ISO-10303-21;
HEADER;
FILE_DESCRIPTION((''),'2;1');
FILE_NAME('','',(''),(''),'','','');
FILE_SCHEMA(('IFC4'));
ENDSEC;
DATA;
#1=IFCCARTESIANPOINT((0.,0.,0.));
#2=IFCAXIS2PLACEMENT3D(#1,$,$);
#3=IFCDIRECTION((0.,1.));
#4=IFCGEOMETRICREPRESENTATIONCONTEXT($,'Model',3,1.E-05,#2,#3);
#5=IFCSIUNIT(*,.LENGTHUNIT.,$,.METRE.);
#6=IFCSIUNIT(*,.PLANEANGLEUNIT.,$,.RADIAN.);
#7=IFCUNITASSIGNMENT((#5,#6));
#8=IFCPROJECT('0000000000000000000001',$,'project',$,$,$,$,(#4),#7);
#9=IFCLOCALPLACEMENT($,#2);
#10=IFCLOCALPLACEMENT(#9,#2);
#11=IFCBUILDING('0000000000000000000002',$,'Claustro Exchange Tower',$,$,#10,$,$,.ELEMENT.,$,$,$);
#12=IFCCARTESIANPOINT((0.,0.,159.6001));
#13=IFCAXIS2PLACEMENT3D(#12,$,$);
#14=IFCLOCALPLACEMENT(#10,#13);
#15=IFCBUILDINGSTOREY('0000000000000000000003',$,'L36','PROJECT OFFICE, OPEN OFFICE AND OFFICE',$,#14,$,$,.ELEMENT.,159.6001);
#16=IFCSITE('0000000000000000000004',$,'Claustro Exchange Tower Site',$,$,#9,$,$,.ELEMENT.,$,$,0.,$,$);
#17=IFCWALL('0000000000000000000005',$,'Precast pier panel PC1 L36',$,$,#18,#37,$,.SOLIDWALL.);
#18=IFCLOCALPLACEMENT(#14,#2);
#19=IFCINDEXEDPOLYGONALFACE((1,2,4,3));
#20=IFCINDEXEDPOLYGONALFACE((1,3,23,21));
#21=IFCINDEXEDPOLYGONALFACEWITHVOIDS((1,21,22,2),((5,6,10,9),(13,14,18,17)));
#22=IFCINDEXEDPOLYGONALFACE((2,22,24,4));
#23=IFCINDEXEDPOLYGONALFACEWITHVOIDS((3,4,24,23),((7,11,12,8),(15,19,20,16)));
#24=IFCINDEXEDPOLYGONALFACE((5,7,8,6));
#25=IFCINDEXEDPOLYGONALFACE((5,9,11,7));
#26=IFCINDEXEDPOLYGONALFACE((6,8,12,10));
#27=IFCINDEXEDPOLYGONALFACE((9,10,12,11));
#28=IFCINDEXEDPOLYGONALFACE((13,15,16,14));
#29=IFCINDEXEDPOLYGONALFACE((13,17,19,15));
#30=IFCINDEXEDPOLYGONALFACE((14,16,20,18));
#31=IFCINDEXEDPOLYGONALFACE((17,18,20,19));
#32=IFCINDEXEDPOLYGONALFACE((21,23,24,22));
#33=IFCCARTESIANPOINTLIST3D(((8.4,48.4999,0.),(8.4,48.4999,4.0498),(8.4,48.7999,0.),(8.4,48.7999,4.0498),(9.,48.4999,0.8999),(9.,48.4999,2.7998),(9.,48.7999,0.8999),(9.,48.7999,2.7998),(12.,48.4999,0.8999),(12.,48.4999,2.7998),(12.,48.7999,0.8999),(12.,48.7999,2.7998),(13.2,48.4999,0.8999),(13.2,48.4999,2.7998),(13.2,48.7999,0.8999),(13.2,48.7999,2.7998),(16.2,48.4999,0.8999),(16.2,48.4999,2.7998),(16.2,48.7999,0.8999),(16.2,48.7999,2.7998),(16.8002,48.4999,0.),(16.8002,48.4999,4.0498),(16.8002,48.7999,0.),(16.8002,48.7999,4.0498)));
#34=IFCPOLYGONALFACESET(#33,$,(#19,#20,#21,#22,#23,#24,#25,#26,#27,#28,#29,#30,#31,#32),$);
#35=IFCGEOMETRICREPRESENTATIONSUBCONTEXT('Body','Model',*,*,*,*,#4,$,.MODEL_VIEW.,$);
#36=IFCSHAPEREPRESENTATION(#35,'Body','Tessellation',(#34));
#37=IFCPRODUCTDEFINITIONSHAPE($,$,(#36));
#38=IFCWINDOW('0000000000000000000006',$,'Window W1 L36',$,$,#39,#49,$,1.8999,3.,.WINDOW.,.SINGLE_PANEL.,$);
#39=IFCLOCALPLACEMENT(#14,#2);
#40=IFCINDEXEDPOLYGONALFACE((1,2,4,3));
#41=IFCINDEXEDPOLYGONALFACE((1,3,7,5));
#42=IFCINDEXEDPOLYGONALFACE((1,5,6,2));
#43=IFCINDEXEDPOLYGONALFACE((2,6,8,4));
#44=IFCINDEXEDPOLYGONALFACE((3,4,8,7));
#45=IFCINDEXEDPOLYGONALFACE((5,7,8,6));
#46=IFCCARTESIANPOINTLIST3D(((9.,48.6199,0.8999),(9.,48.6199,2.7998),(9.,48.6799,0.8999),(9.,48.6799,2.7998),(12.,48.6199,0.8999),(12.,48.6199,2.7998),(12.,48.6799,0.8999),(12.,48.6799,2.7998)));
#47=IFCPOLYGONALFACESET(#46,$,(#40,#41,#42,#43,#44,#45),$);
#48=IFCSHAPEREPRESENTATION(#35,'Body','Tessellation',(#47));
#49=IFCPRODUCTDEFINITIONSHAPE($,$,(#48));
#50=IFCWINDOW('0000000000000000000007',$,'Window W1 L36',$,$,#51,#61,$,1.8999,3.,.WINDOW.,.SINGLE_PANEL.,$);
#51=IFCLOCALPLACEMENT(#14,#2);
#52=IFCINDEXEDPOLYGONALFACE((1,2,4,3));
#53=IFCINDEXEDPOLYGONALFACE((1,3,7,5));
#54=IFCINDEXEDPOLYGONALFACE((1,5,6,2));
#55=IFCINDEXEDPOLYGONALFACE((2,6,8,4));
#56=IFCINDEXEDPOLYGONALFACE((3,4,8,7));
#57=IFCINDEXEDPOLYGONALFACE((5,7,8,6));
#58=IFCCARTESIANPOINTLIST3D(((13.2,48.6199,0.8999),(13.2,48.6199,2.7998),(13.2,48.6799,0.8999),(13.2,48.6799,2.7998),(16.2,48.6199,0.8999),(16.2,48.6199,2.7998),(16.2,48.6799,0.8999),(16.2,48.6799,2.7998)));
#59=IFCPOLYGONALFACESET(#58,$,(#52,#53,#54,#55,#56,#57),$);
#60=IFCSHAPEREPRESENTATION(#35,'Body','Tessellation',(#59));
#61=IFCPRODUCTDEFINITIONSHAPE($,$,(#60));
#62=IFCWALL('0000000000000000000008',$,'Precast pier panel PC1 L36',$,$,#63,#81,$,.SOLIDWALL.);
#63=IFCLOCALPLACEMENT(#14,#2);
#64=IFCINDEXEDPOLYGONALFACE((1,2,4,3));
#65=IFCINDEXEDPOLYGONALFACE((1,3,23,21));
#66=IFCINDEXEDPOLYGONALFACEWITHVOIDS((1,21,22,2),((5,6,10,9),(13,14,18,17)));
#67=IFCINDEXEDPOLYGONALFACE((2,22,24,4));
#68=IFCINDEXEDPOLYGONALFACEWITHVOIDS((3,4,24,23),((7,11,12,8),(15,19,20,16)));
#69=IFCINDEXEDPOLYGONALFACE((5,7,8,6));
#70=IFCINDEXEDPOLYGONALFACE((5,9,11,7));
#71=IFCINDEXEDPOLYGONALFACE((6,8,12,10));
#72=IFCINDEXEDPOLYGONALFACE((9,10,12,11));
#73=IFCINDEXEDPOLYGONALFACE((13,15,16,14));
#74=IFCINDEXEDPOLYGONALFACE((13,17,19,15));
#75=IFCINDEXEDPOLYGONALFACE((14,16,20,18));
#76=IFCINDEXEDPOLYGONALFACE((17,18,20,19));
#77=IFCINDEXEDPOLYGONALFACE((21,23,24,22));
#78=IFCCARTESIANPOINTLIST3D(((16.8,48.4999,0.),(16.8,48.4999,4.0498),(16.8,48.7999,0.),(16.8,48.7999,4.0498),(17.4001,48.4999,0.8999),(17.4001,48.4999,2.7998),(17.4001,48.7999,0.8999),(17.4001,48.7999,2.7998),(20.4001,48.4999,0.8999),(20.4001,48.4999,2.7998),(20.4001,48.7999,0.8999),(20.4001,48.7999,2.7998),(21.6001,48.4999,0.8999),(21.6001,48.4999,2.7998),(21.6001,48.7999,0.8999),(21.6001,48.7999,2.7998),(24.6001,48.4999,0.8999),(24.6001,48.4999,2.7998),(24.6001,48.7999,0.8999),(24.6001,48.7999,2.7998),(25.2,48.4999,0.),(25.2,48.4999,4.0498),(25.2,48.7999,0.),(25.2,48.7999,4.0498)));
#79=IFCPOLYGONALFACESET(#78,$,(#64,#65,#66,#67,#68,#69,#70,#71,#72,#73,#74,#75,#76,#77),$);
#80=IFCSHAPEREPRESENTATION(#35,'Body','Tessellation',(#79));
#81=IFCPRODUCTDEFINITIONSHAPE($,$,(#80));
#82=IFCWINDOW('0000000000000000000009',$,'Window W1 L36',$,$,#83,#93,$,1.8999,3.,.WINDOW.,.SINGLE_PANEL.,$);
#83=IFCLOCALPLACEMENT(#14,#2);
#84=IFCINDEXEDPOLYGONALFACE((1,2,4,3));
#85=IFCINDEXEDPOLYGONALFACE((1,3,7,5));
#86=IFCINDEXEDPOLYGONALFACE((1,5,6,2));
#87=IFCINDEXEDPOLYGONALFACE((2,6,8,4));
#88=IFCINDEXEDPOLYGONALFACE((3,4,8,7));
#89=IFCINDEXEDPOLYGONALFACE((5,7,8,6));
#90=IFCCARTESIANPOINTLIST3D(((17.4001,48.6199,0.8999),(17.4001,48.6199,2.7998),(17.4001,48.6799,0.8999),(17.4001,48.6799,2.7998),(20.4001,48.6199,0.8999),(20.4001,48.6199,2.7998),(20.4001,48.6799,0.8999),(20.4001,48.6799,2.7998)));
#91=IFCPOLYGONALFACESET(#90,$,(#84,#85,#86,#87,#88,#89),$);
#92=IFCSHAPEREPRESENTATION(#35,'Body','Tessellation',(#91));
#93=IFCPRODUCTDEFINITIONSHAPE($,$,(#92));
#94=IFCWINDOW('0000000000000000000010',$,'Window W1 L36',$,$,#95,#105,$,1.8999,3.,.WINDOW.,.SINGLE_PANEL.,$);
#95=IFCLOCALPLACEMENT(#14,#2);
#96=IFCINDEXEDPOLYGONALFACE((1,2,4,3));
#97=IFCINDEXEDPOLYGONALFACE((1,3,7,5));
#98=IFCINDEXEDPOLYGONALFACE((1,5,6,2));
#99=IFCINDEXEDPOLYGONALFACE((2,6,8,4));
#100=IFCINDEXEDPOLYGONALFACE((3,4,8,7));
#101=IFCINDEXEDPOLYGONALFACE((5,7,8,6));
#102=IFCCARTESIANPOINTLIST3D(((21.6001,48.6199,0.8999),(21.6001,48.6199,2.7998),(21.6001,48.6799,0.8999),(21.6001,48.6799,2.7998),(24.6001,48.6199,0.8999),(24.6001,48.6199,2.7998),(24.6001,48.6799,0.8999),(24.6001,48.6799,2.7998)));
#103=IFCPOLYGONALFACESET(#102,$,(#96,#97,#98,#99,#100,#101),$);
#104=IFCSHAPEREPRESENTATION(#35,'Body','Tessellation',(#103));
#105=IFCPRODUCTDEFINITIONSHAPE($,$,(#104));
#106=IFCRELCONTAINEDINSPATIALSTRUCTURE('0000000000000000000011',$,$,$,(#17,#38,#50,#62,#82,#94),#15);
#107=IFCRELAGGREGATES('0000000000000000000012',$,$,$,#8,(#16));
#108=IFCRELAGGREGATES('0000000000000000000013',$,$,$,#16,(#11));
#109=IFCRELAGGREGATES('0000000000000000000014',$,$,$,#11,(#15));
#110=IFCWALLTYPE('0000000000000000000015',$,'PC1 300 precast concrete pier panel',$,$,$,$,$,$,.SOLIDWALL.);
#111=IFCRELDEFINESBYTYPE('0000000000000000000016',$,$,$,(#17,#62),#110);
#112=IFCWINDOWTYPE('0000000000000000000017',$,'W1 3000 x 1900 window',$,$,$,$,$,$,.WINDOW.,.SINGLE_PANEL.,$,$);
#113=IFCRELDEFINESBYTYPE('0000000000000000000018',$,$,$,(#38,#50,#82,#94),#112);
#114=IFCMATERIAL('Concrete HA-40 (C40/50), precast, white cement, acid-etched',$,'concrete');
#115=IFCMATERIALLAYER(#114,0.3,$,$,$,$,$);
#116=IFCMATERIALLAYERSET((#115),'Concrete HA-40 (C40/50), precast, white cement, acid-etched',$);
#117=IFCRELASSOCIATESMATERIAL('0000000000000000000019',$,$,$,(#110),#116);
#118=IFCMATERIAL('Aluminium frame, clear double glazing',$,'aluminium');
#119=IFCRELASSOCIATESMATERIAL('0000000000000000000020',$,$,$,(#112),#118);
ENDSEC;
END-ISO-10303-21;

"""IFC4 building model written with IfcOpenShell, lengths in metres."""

from ifc_helpers import new_model, si_unit, direction, frame, frame_2d, origin, place, context, subcontext, project, spatial, rectangle, extrude, material, layer, layer_set, type_object, element, fill, save


model = new_model("IFC4")

# Units and contexts
model_context = context("Model", 3, precision=1e-05, world=origin(), true_north=direction((0.0, 1.0)))
body_context = subcontext(model_context, "Body", "Model", "MODEL_VIEW")
ifc_project = project(units=[si_unit("LENGTHUNIT", "METRE"), si_unit("PLANEANGLEUNIT", "RADIAN")], contexts=[model_context])

# Site, building, storey
site_placement = place(None, origin())
site = spatial("IfcSite", under=ifc_project, at=site_placement, Name="Claustro Exchange Tower Site", CompositionType="ELEMENT", RefElevation=0.0)
building_placement = place(site_placement, origin())
building = spatial("IfcBuilding", under=site, at=building_placement, Name="Claustro Exchange Tower", CompositionType="ELEMENT")
storey_placement = place(building_placement, frame((0.0, 0.0, 159.6001)))
storey = spatial("IfcBuildingStorey", under=building, at=storey_placement, Name="L36", Description="PROJECT OFFICE, OPEN OFFICE AND OFFICE", CompositionType="ELEMENT", Elevation=159.6001)

# Walls, openings, windows
ifc_material_1 = material(Name="Concrete HA-40 (C40/50), precast, white cement, acid-etched", Category="concrete")
ifc_layer_1 = layer(ifc_material_1, 0.3)
ifc_layer_set_1 = layer_set([ifc_layer_1], Name="Concrete HA-40 (C40/50), precast, white cement, acid-etched")
wall_type_1 = type_object("IfcWallType", Name="PC1 300 precast concrete pier panel", PredefinedType="SOLIDWALL", material=ifc_layer_set_1)
wall_1_placement = place(storey_placement, frame((8.3999, 48.6499, 0.0), z_axis=(0.0, 0.0, 1.0), x_axis=(1.0, 0.0, 0.0)))
wall_1 = element("IfcWall", 1, at=wall_1_placement, inside=storey, type_object=wall_type_1, Name="Precast pier panel PC1 L36", PredefinedType="SOLIDWALL", context=body_context, shape_type="SweptSolid", body=[
    extrude(rectangle(XDim=8.4001, YDim=0.3, at=frame_2d((4.2002, 0.0))), origin(), (0.0, 0.0, 1.0), 4.0498),
])
opening_1_placement = place(wall_1_placement, frame((0.6001, 0.0, 0.8999)))
opening_1 = element("IfcOpeningElement", 2, at=opening_1_placement, cuts=wall_1, PredefinedType="OPENING", context=body_context, shape_type="SweptSolid", body=[
    extrude(rectangle(XDim=3.0, YDim=1.8999, at=frame_2d((1.5, 0.95))), frame((0.0, 0.1599, 0.0), z_axis=(0.0, -1.0, 0.0), x_axis=(1.0, 0.0, 0.0)), (0.0, 0.0, 1.0), 0.3201),
])
opening_2_placement = place(wall_1_placement, frame((4.8, 0.0, 0.8999)))
opening_2 = element("IfcOpeningElement", 3, at=opening_2_placement, cuts=wall_1, PredefinedType="OPENING", context=body_context, shape_type="SweptSolid", body=[
    extrude(rectangle(XDim=3.0, YDim=1.8999, at=frame_2d((1.5, 0.95))), frame((0.0, 0.1599, 0.0), z_axis=(0.0, -1.0, 0.0), x_axis=(1.0, 0.0, 0.0)), (0.0, 0.0, 1.0), 0.3201),
])
ifc_material_2 = material(Name="Aluminium frame, clear double glazing", Category="aluminium")
window_type = type_object("IfcWindowType", Name="W1 3000 x 1900 window", PartitioningType="SINGLE_PANEL", PredefinedType="WINDOW", material=ifc_material_2)
window_1_placement = place(opening_1_placement, origin())
window_1 = element("IfcWindow", 4, at=window_1_placement, inside=storey, type_object=window_type, Name="Window W1 L36", OverallHeight=1.8999, OverallWidth=3.0, PartitioningType="SINGLE_PANEL", PredefinedType="WINDOW", context=body_context, shape_type="SweptSolid", body=[
    extrude(rectangle(XDim=3.0, YDim=1.8999, at=frame_2d((1.5, 0.95))), frame((0.0, 0.03, 0.0), z_axis=(0.0, -1.0, 0.0), x_axis=(1.0, 0.0, 0.0)), (0.0, 0.0, 1.0), 0.0601),
])
fill(opening_1, window_1)
window_2_placement = place(opening_2_placement, origin())
window_2 = element("IfcWindow", 5, at=window_2_placement, inside=storey, type_object=window_type, Name="Window W1 L36", OverallHeight=1.8999, OverallWidth=3.0, PartitioningType="SINGLE_PANEL", PredefinedType="WINDOW", context=body_context, shape_type="SweptSolid", body=[
    extrude(rectangle(XDim=3.0, YDim=1.8999, at=frame_2d((1.5, 0.95))), frame((0.0, 0.03, 0.0), z_axis=(0.0, -1.0, 0.0), x_axis=(1.0, 0.0, 0.0)), (0.0, 0.0, 1.0), 0.0601),
])
fill(opening_2, window_2)
wall_2_placement = place(storey_placement, frame((16.8, 48.6499, 0.0), z_axis=(0.0, 0.0, 1.0), x_axis=(1.0, 0.0, 0.0)))
wall_2 = element("IfcWall", 6, at=wall_2_placement, inside=storey, type_object=wall_type_1, Name="Precast pier panel PC1 L36", PredefinedType="SOLIDWALL", context=body_context, shape_type="SweptSolid", body=[
    extrude(rectangle(XDim=8.3999, YDim=0.3, at=frame_2d((4.2, 0.0))), origin(), (0.0, 0.0, 1.0), 4.0498),
])
opening_3_placement = place(wall_2_placement, frame((0.6001, 0.0, 0.8999)))
opening_3 = element("IfcOpeningElement", 7, at=opening_3_placement, cuts=wall_2, PredefinedType="OPENING", context=body_context, shape_type="SweptSolid", body=[
    extrude(rectangle(XDim=3.0, YDim=1.8999, at=frame_2d((1.5, 0.95))), frame((0.0, 0.1599, 0.0), z_axis=(0.0, -1.0, 0.0), x_axis=(1.0, 0.0, 0.0)), (0.0, 0.0, 1.0), 0.3201),
])
opening_4_placement = place(wall_2_placement, frame((4.8, 0.0, 0.8999)))
opening_4 = element("IfcOpeningElement", 8, at=opening_4_placement, cuts=wall_2, PredefinedType="OPENING", context=body_context, shape_type="SweptSolid", body=[
    extrude(rectangle(XDim=3.0, YDim=1.8999, at=frame_2d((1.5, 0.95))), frame((0.0, 0.1599, 0.0), z_axis=(0.0, -1.0, 0.0), x_axis=(1.0, 0.0, 0.0)), (0.0, 0.0, 1.0), 0.3201),
])
window_3_placement = place(opening_3_placement, origin())
window_3 = element("IfcWindow", 9, at=window_3_placement, inside=storey, type_object=window_type, Name="Window W1 L36", OverallHeight=1.8999, OverallWidth=3.0, PartitioningType="SINGLE_PANEL", PredefinedType="WINDOW", context=body_context, shape_type="SweptSolid", body=[
    extrude(rectangle(XDim=3.0, YDim=1.8999, at=frame_2d((1.5, 0.95))), frame((0.0, 0.03, 0.0), z_axis=(0.0, -1.0, 0.0), x_axis=(1.0, 0.0, 0.0)), (0.0, 0.0, 1.0), 0.0601),
])
fill(opening_3, window_3)
window_4_placement = place(opening_4_placement, origin())
window_4 = element("IfcWindow", 10, at=window_4_placement, inside=storey, type_object=window_type, Name="Window W1 L36", OverallHeight=1.8999, OverallWidth=3.0, PartitioningType="SINGLE_PANEL", PredefinedType="WINDOW", context=body_context, shape_type="SweptSolid", body=[
    extrude(rectangle(XDim=3.0, YDim=1.8999, at=frame_2d((1.5, 0.95))), frame((0.0, 0.03, 0.0), z_axis=(0.0, -1.0, 0.0), x_axis=(1.0, 0.0, 0.0)), (0.0, 0.0, 1.0), 0.0601),
])
fill(opening_4, window_4)

save(model, "model.ifc")
